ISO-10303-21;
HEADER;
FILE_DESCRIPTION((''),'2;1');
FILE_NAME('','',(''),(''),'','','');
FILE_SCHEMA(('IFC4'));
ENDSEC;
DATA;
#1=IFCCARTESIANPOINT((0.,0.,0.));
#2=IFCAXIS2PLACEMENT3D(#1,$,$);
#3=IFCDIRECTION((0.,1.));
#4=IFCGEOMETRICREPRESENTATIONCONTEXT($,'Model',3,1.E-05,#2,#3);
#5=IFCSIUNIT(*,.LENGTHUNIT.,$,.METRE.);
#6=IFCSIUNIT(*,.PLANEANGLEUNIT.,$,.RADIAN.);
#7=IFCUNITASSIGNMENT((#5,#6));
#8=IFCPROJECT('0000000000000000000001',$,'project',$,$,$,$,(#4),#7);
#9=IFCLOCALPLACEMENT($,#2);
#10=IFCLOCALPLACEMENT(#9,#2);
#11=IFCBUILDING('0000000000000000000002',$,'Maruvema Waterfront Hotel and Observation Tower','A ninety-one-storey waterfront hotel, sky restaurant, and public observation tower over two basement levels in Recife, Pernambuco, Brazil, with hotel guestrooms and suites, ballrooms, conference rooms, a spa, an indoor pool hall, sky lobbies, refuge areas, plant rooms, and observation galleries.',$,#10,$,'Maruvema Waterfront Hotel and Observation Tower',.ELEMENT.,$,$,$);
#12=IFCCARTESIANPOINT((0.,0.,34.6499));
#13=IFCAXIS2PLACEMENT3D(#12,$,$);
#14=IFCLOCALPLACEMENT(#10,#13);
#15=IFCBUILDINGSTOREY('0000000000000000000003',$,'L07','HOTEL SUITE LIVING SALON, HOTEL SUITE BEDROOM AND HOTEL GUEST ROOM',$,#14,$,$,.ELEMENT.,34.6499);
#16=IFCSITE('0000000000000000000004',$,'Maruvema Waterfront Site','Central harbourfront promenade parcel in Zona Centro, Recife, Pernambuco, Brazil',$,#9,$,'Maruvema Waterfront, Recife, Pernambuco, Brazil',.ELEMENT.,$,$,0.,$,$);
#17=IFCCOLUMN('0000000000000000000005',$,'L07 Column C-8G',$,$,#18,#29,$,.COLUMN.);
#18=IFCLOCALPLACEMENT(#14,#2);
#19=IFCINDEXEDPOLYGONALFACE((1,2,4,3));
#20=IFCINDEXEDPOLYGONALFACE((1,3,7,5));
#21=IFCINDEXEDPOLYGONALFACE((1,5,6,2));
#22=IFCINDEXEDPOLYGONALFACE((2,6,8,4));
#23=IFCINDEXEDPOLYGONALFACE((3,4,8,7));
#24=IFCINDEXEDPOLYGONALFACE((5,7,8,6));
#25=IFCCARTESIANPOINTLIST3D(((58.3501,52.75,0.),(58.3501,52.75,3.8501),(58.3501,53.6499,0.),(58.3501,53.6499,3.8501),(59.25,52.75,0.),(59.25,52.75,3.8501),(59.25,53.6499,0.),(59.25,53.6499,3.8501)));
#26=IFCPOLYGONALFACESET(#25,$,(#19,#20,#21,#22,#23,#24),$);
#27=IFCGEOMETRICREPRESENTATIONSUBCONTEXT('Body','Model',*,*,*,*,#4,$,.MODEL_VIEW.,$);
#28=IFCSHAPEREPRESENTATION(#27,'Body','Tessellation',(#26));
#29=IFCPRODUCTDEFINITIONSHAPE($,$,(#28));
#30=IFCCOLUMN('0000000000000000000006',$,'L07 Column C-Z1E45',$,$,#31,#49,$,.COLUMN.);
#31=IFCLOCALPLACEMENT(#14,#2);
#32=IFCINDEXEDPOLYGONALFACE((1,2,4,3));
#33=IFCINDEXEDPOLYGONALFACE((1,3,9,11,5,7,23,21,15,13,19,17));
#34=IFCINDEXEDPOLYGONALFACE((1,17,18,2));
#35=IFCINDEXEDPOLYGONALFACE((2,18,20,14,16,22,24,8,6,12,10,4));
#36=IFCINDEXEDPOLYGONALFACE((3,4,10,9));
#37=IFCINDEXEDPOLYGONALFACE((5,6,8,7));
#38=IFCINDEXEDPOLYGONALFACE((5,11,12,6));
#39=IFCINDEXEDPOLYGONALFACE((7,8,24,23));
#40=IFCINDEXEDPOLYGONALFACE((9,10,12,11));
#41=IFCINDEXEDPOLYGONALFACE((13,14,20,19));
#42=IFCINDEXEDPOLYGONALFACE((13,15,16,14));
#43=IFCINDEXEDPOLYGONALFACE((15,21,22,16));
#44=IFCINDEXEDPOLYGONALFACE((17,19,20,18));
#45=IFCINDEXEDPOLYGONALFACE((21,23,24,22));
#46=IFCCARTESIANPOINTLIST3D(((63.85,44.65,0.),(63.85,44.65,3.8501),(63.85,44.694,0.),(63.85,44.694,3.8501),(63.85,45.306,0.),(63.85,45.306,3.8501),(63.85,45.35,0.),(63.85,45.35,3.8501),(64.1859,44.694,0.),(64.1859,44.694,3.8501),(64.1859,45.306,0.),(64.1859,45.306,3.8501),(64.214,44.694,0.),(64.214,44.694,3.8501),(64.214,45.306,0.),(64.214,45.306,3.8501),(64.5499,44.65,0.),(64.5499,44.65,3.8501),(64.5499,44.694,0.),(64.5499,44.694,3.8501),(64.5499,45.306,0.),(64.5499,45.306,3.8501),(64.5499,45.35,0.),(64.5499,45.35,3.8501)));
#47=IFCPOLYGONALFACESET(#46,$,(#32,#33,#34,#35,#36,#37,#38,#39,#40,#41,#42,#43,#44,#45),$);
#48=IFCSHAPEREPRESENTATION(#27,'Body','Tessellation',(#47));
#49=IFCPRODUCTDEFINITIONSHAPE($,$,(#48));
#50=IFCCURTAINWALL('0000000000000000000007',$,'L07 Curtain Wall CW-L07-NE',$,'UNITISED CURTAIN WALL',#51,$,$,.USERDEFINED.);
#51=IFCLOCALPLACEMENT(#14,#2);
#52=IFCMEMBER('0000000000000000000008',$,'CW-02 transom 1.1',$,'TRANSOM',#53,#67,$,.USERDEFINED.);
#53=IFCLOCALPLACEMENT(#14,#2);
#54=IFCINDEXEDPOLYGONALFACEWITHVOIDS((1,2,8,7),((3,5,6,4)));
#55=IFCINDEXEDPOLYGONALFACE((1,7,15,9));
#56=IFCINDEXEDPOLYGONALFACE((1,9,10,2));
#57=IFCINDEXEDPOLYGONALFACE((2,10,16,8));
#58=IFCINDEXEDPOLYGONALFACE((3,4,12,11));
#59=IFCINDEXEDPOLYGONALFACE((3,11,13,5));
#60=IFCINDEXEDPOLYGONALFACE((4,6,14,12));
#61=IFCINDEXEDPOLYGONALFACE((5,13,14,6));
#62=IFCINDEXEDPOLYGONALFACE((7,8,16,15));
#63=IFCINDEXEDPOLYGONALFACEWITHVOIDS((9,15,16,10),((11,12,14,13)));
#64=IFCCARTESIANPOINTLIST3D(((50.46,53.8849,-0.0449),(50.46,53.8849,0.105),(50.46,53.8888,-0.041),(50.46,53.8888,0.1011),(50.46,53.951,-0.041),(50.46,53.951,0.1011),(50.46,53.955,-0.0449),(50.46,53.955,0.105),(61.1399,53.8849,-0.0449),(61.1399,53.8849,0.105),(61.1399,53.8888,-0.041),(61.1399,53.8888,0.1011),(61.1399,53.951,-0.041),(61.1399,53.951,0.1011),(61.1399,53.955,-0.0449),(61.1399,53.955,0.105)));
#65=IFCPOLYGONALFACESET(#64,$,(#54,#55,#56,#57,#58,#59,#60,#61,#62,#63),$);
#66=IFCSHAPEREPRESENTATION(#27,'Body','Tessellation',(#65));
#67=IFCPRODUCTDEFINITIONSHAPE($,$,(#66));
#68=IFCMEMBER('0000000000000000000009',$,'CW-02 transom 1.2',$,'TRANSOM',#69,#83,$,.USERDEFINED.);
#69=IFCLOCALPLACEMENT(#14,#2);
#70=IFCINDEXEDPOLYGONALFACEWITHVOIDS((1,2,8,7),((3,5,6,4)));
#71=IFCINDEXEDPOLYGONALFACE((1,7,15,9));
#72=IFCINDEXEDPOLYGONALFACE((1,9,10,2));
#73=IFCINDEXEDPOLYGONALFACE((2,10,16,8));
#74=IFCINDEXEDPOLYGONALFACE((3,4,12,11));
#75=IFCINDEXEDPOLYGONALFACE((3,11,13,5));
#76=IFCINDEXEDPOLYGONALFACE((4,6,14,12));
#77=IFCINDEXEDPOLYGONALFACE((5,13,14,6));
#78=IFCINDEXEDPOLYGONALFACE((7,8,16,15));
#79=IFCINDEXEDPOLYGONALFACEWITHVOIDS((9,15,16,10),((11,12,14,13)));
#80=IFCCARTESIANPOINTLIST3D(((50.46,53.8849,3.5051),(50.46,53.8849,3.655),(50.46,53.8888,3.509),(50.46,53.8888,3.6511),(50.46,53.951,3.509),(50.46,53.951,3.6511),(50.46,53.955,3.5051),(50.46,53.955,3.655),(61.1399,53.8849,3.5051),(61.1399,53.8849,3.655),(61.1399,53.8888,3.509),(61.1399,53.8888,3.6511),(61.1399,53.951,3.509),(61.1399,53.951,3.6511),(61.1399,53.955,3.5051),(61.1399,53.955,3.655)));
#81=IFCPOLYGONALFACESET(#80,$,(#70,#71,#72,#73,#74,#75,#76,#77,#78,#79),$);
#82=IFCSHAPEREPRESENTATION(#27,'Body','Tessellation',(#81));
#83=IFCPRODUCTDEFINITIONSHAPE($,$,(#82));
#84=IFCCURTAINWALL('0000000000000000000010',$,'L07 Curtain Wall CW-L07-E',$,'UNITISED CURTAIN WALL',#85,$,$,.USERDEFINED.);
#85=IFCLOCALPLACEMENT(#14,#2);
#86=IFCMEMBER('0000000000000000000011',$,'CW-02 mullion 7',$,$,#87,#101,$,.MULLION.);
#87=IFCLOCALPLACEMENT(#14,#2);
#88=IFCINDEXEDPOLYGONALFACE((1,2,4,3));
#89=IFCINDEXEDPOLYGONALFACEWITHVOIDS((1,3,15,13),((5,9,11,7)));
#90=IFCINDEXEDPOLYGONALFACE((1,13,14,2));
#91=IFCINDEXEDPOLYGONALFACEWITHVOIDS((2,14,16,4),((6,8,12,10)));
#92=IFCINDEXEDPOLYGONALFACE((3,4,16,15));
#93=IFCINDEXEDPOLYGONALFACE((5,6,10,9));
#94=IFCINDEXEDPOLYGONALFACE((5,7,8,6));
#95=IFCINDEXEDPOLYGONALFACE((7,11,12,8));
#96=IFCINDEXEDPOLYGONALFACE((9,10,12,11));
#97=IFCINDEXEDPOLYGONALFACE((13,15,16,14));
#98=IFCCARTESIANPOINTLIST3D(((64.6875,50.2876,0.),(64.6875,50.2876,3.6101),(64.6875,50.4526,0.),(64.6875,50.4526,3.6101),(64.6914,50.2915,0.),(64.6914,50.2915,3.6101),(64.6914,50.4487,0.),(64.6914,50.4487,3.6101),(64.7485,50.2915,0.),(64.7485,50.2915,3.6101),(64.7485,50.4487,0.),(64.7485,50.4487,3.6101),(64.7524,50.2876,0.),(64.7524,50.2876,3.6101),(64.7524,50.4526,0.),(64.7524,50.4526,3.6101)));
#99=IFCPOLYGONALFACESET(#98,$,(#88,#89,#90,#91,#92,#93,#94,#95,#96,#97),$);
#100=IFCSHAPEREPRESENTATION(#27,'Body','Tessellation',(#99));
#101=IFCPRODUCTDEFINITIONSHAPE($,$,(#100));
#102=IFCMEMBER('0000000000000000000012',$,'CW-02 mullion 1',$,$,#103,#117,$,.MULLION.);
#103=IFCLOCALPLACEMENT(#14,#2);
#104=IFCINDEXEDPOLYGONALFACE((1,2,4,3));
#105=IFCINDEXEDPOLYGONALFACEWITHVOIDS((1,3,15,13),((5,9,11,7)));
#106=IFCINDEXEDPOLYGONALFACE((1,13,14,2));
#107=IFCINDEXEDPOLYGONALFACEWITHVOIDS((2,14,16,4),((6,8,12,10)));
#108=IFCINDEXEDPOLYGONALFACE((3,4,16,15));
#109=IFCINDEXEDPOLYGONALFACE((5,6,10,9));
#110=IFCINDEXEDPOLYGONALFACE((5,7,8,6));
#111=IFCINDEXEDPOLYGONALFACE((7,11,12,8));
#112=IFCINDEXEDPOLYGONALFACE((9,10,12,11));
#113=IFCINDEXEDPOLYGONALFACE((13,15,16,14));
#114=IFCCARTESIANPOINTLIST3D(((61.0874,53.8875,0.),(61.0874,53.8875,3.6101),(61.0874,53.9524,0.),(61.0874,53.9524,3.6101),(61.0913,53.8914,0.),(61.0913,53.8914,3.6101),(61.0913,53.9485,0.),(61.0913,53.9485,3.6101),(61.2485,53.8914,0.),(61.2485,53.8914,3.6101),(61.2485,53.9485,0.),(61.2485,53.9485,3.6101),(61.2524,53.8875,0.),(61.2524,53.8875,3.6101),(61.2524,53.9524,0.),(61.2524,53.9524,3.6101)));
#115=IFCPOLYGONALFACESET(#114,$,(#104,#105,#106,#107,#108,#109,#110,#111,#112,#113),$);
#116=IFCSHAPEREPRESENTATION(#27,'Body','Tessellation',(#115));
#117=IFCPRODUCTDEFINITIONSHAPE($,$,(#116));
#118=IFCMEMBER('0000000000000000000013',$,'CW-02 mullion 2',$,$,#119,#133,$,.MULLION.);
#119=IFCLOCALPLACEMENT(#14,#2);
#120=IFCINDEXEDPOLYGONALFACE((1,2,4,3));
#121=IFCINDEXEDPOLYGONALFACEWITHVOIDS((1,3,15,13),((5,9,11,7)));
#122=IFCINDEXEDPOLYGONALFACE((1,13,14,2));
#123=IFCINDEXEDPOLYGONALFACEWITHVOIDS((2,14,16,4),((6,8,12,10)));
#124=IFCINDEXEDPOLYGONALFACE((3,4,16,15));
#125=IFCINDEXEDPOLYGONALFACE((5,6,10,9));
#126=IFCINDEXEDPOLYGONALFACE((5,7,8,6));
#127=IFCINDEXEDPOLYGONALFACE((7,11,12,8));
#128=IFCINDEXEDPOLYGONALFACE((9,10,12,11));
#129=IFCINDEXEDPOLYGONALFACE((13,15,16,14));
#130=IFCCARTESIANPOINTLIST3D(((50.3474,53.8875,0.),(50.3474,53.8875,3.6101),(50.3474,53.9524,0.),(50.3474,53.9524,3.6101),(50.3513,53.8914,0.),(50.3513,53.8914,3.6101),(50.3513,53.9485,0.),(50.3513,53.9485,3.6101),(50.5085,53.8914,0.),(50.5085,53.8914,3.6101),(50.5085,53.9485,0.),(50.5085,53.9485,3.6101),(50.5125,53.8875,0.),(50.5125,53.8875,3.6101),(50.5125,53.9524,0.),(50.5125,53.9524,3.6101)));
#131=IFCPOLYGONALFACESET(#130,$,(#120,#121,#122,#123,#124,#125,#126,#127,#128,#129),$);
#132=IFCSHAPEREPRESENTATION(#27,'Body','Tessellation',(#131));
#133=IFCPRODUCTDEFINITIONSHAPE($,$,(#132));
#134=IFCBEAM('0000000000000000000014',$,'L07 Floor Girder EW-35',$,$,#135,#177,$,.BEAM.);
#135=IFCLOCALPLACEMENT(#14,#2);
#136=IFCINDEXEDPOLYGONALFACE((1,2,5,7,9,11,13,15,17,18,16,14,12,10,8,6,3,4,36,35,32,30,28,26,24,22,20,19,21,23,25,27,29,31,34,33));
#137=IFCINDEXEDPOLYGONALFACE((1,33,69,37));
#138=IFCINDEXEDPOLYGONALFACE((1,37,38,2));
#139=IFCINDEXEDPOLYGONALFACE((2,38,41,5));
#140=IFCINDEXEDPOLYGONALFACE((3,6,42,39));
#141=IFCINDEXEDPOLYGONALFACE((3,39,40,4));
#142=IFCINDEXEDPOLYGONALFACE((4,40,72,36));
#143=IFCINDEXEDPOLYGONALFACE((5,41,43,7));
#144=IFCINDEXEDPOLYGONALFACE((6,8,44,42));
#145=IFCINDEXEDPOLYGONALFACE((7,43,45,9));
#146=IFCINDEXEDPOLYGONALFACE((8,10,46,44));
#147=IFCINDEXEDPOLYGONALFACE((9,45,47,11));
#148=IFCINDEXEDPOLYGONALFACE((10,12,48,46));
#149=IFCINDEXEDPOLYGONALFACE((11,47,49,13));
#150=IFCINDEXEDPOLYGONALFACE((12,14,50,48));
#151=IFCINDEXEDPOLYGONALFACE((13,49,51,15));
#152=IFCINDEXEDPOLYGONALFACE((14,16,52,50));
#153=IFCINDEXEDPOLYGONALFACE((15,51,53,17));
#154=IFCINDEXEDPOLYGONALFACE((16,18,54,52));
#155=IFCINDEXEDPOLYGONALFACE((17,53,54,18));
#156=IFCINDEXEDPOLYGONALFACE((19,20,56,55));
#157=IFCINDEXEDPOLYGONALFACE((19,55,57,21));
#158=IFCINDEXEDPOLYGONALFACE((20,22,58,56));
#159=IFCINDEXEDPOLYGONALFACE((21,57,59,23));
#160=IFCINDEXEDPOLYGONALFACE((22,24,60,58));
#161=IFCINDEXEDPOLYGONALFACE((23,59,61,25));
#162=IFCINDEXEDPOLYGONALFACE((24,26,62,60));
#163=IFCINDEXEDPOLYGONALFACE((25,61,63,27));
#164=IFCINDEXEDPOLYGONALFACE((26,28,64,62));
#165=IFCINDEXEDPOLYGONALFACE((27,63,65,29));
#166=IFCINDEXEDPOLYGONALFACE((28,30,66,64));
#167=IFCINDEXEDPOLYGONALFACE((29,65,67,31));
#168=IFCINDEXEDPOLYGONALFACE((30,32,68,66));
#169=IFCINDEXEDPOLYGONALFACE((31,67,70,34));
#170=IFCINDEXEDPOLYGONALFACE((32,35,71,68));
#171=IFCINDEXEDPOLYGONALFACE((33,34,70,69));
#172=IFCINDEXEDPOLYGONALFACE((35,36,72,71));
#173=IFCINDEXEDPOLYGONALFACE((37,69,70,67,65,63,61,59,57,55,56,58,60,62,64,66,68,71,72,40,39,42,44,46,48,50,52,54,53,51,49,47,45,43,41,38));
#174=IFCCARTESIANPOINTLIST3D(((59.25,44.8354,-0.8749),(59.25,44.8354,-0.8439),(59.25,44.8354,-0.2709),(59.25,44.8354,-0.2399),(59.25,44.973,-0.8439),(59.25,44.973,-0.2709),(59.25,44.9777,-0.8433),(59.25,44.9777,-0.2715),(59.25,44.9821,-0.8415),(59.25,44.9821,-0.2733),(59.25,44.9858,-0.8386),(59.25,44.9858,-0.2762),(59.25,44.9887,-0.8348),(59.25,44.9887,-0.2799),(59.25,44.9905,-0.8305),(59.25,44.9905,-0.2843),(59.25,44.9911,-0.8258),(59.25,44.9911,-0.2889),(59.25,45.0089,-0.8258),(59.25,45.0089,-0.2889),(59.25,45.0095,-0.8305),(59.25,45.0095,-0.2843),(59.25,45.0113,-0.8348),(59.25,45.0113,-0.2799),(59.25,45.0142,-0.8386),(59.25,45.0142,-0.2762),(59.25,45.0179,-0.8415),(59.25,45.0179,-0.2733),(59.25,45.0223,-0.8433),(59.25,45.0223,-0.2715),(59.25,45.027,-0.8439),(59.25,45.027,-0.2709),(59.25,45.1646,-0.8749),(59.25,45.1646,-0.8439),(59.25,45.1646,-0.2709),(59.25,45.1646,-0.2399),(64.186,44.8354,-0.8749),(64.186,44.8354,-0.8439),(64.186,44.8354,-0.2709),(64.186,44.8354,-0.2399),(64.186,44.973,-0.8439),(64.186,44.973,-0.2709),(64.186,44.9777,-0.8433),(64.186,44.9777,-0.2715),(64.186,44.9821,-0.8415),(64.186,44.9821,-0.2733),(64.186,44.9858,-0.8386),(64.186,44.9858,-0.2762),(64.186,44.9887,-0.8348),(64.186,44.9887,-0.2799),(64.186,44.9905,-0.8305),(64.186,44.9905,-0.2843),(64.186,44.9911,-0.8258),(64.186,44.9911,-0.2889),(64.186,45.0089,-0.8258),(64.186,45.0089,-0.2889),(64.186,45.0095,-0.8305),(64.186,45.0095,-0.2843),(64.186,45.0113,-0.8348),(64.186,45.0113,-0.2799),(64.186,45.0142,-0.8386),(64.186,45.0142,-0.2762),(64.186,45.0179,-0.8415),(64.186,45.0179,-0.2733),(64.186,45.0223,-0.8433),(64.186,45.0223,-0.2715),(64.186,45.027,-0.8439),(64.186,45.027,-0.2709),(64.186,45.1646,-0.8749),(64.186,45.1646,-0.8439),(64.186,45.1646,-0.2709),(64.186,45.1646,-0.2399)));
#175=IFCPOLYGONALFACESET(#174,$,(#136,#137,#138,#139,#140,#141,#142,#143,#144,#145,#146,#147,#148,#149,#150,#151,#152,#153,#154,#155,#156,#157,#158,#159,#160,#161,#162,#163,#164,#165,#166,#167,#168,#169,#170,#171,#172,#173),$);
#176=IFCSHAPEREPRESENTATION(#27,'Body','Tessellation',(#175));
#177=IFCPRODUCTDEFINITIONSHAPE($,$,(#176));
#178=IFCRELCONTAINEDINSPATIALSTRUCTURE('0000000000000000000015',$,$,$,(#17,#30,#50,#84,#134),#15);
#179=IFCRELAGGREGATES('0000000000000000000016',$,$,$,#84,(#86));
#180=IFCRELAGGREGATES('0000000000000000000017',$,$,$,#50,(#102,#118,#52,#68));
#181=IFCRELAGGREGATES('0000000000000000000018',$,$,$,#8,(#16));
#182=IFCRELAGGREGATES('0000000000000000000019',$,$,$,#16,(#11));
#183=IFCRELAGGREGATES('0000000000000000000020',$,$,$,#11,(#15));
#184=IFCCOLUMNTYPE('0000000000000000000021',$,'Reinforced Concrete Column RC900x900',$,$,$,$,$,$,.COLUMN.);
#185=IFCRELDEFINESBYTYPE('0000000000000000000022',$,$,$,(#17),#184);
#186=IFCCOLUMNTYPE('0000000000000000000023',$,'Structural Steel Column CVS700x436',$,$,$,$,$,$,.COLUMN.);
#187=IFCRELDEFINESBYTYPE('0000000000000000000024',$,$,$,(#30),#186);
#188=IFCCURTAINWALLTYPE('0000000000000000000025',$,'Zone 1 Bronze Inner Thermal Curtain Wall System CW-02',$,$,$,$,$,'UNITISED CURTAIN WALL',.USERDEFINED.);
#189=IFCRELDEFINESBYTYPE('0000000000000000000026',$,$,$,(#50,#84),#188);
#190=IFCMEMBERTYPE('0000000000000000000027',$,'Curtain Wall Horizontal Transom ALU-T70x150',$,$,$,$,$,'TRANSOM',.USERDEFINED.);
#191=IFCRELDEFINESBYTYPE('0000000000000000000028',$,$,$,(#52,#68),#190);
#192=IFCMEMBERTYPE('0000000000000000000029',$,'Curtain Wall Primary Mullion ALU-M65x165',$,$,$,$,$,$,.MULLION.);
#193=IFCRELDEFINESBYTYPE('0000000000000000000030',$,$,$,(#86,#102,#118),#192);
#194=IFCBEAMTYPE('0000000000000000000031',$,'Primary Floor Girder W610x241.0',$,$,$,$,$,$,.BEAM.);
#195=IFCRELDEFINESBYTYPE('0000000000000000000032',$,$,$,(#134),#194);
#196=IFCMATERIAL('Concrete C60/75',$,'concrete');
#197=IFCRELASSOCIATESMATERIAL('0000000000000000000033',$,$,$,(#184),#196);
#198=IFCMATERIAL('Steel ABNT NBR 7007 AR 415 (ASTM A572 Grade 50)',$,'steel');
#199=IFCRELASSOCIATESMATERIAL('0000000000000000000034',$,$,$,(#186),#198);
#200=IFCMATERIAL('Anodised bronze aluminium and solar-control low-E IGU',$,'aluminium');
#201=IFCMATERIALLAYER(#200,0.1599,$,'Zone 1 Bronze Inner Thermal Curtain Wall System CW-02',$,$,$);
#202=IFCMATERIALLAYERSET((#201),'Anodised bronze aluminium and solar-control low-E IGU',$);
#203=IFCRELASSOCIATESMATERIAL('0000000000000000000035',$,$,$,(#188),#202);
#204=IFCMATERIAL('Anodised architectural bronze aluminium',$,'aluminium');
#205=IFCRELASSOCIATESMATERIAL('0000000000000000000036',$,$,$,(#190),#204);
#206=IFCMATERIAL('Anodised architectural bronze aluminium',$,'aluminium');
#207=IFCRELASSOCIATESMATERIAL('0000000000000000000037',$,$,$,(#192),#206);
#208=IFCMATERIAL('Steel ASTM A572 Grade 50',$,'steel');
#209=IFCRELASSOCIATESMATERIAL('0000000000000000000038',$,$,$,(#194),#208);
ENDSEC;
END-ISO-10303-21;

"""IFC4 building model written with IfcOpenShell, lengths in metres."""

from ifc_helpers import new_model, si_unit, direction, frame, origin, origin_2d, place, context, subcontext, project, spatial, rectangle, hollow_rectangle, i_section, extrude, material, layer, layer_set, material_profile, profile_set, type_object, element, aggregate, save


model = new_model("IFC4")

# Units and contexts
model_context = context("Model", 3, precision=1e-05, world=origin(), true_north=direction((0.0, 1.0)))
body_context = subcontext(model_context, "Body", "Model", "MODEL_VIEW")
ifc_project = project(units=[si_unit("LENGTHUNIT", "METRE"), si_unit("PLANEANGLEUNIT", "RADIAN")], contexts=[model_context])

# Site, building, storey
site_placement = place(None, origin())
site = spatial("IfcSite", under=ifc_project, at=site_placement, Name="Maruvema Waterfront Site", Description="Central harbourfront promenade parcel in Zona Centro, Recife, Pernambuco, Brazil", LongName="Maruvema Waterfront, Recife, Pernambuco, Brazil", CompositionType="ELEMENT", RefElevation=0.0)
building_placement = place(site_placement, origin())
building = spatial("IfcBuilding", under=site, at=building_placement, Name="Maruvema Waterfront Hotel and Observation Tower", Description="A ninety-one-storey waterfront hotel, sky restaurant, and public observation tower over two basement levels in Recife, Pernambuco, Brazil, with hotel guestrooms and suites, ballrooms, conference rooms, a spa, an indoor pool hall, sky lobbies, refuge areas, plant rooms, and observation galleries.", LongName="Maruvema Waterfront Hotel and Observation Tower", CompositionType="ELEMENT")
storey_placement = place(building_placement, frame((0.0, 0.0, 34.6499)))
storey = spatial("IfcBuildingStorey", under=building, at=storey_placement, Name="L07", Description="HOTEL SUITE LIVING SALON, HOTEL SUITE BEDROOM AND HOTEL GUEST ROOM", CompositionType="ELEMENT", Elevation=34.6499)

# Columns
ifc_material_1 = material(Name="Concrete C60/75", Category="concrete")
ifc_material_profile_1 = material_profile(ifc_material_1, rectangle(XDim=0.8999, YDim=0.8999, at=origin_2d()), Name="RC900x900")
ifc_profile_set_1 = profile_set([ifc_material_profile_1], Name="Concrete C60/75")
column_type_1 = type_object("IfcColumnType", Name="Reinforced Concrete Column RC900x900", PredefinedType="COLUMN", material=ifc_profile_set_1)
column_1_placement = place(storey_placement, frame((58.8, 53.2, 0.0), z_axis=(0.0, 0.0, 1.0), x_axis=(1.0, 0.0, 0.0)))
element("IfcColumn", 1, at=column_1_placement, inside=storey, type_object=column_type_1, Name="L07 Column C-8G", PredefinedType="COLUMN", context=body_context, shape_type="SweptSolid", body=[
    extrude(rectangle(XDim=0.8999, YDim=0.8999, at=origin_2d()), origin(), (0.0, 0.0, 1.0), 3.8501),
])
ifc_material_2 = material(Name="Steel ABNT NBR 7007 AR 415 (ASTM A572 Grade 50)", Category="steel")
ifc_material_profile_2 = material_profile(ifc_material_2, i_section(OverallWidth=0.7, OverallDepth=0.7, WebThickness=0.0281, FlangeThickness=0.0439, at=origin_2d()), Name="CVS700x436")
ifc_profile_set_2 = profile_set([ifc_material_profile_2], Name="Steel ABNT NBR 7007 AR 415 (ASTM A572 Grade 50)")
column_type_2 = type_object("IfcColumnType", Name="Structural Steel Column CVS700x436", PredefinedType="COLUMN", material=ifc_profile_set_2)
column_2_placement = place(storey_placement, frame((64.2, 45.0, 0.0), z_axis=(0.0, 0.0, 1.0), x_axis=(1.0, 0.0, 0.0)))
element("IfcColumn", 2, at=column_2_placement, inside=storey, type_object=column_type_2, Name="L07 Column C-Z1E45", PredefinedType="COLUMN", context=body_context, shape_type="SweptSolid", body=[
    extrude(i_section(OverallWidth=0.7, OverallDepth=0.7, WebThickness=0.0281, FlangeThickness=0.0439, at=origin_2d()), origin(), (0.0, 0.0, 1.0), 3.8501),
])

# Curtain wall, members
ifc_material_3 = material(Name="Anodised bronze aluminium and solar-control low-E IGU", Category="aluminium")
ifc_layer_1 = layer(ifc_material_3, 0.1599, Name="Zone 1 Bronze Inner Thermal Curtain Wall System CW-02")
ifc_layer_set_1 = layer_set([ifc_layer_1], Name="Anodised bronze aluminium and solar-control low-E IGU")
curtain_wall_type = type_object("IfcCurtainWallType", Name="Zone 1 Bronze Inner Thermal Curtain Wall System CW-02", ElementType="UNITISED CURTAIN WALL", PredefinedType="USERDEFINED", material=ifc_layer_set_1)
curtain_wall_1_placement = place(storey_placement, origin())
curtain_wall_1 = element("IfcCurtainWall", 3, at=curtain_wall_1_placement, inside=storey, type_object=curtain_wall_type, Name="L07 Curtain Wall CW-L07-NE", ObjectType="UNITISED CURTAIN WALL", PredefinedType="USERDEFINED")
ifc_material_4 = material(Name="Anodised architectural bronze aluminium", Category="aluminium")
ifc_material_profile_3 = material_profile(ifc_material_4, hollow_rectangle(XDim=0.0701, YDim=0.1499, WallThickness=0.0039, at=origin_2d()), Name="ALU-T70x150")
ifc_profile_set_3 = profile_set([ifc_material_profile_3], Name="Anodised architectural bronze aluminium")
member_type_1 = type_object("IfcMemberType", Name="Curtain Wall Horizontal Transom ALU-T70x150", ElementType="TRANSOM", PredefinedType="USERDEFINED", material=ifc_profile_set_3)
member_1_placement = place(storey_placement, frame((61.1399, 53.9199, 0.03), z_axis=(-1.0, 0.0, 0.0), x_axis=(0.0, -1.0, 0.0)))
member_1 = element("IfcMember", 4, at=member_1_placement, type_object=member_type_1, Name="CW-02 transom 1.1", ObjectType="TRANSOM", PredefinedType="USERDEFINED", context=body_context, shape_type="SweptSolid", body=[
    extrude(hollow_rectangle(XDim=0.0701, YDim=0.1499, WallThickness=0.0039, at=origin_2d()), origin(), (0.0, 0.0, 1.0), 10.6799),
])
member_2_placement = place(storey_placement, frame((61.1399, 53.9199, 3.5801), z_axis=(-1.0, 0.0, 0.0), x_axis=(0.0, -1.0, 0.0)))
member_2 = element("IfcMember", 5, at=member_2_placement, type_object=member_type_1, Name="CW-02 transom 1.2", ObjectType="TRANSOM", PredefinedType="USERDEFINED", context=body_context, shape_type="SweptSolid", body=[
    extrude(hollow_rectangle(XDim=0.0701, YDim=0.1499, WallThickness=0.0039, at=origin_2d()), origin(), (0.0, 0.0, 1.0), 10.6799),
])

# Curtain wall, member
curtain_wall_2_placement = place(storey_placement, origin())
curtain_wall_2 = element("IfcCurtainWall", 6, at=curtain_wall_2_placement, inside=storey, type_object=curtain_wall_type, Name="L07 Curtain Wall CW-L07-E", ObjectType="UNITISED CURTAIN WALL", PredefinedType="USERDEFINED")
ifc_material_5 = material(Name="Anodised architectural bronze aluminium", Category="aluminium")
ifc_material_profile_4 = material_profile(ifc_material_5, hollow_rectangle(XDim=0.0649, YDim=0.165, WallThickness=0.0039, at=origin_2d()), Name="ALU-M65x165")
ifc_profile_set_4 = profile_set([ifc_material_profile_4], Name="Anodised architectural bronze aluminium")
member_type_2 = type_object("IfcMemberType", Name="Curtain Wall Primary Mullion ALU-M65x165", PredefinedType="MULLION", material=ifc_profile_set_4)
member_3_placement = place(storey_placement, frame((64.72, 50.3701, 0.0), z_axis=(0.0, 0.0, 1.0), x_axis=(-1.0, 0.0, 0.0)))
member_3 = element("IfcMember", 7, at=member_3_placement, type_object=member_type_2, Name="CW-02 mullion 7", PredefinedType="MULLION", context=body_context, shape_type="SweptSolid", body=[
    extrude(hollow_rectangle(XDim=0.0649, YDim=0.165, WallThickness=0.0039, at=origin_2d()), origin(), (0.0, 0.0, 1.0), 3.6101),
])

# Members
member_4_placement = place(storey_placement, frame((61.1699, 53.9199, 0.0), z_axis=(0.0, 0.0, 1.0), x_axis=(0.0, -1.0, 0.0)))
member_4 = element("IfcMember", 8, at=member_4_placement, type_object=member_type_2, Name="CW-02 mullion 1", PredefinedType="MULLION", context=body_context, shape_type="SweptSolid", body=[
    extrude(hollow_rectangle(XDim=0.0649, YDim=0.165, WallThickness=0.0039, at=origin_2d()), origin(), (0.0, 0.0, 1.0), 3.6101),
])
member_5_placement = place(storey_placement, frame((50.4299, 53.9199, 0.0), z_axis=(0.0, 0.0, 1.0), x_axis=(0.0, -1.0, 0.0)))
member_5 = element("IfcMember", 9, at=member_5_placement, type_object=member_type_2, Name="CW-02 mullion 2", PredefinedType="MULLION", context=body_context, shape_type="SweptSolid", body=[
    extrude(hollow_rectangle(XDim=0.0649, YDim=0.165, WallThickness=0.0039, at=origin_2d()), origin(), (0.0, 0.0, 1.0), 3.6101),
])

# Beam
ifc_material_6 = material(Name="Steel ASTM A572 Grade 50", Category="steel")
ifc_material_profile_5 = material_profile(ifc_material_6, i_section(OverallWidth=0.3291, OverallDepth=0.635, WebThickness=0.0178, FlangeThickness=0.031, FilletRadius=0.0181, at=origin_2d()), Name="W610x241.0")
ifc_profile_set_5 = profile_set([ifc_material_profile_5], Name="Steel ASTM A572 Grade 50")
beam_type = type_object("IfcBeamType", Name="Primary Floor Girder W610x241.0", PredefinedType="BEAM", material=ifc_profile_set_5)
beam_1_placement = place(storey_placement, frame((59.25, 45.0, -0.5574), z_axis=(1.0, 0.0, 0.0), x_axis=(0.0, 1.0, 0.0)))
element("IfcBeam", 10, at=beam_1_placement, inside=storey, type_object=beam_type, Name="L07 Floor Girder EW-35", PredefinedType="BEAM", context=body_context, shape_type="SweptSolid", body=[
    extrude(i_section(OverallWidth=0.3291, OverallDepth=0.635, WebThickness=0.0178, FlangeThickness=0.031, FilletRadius=0.0181, at=origin_2d()), origin(), (0.0, 0.0, 1.0), 4.936),
])

aggregate(curtain_wall_2, [member_3])
aggregate(curtain_wall_1, [member_4, member_5, member_1, member_2])

save(model, "model.ifc")
